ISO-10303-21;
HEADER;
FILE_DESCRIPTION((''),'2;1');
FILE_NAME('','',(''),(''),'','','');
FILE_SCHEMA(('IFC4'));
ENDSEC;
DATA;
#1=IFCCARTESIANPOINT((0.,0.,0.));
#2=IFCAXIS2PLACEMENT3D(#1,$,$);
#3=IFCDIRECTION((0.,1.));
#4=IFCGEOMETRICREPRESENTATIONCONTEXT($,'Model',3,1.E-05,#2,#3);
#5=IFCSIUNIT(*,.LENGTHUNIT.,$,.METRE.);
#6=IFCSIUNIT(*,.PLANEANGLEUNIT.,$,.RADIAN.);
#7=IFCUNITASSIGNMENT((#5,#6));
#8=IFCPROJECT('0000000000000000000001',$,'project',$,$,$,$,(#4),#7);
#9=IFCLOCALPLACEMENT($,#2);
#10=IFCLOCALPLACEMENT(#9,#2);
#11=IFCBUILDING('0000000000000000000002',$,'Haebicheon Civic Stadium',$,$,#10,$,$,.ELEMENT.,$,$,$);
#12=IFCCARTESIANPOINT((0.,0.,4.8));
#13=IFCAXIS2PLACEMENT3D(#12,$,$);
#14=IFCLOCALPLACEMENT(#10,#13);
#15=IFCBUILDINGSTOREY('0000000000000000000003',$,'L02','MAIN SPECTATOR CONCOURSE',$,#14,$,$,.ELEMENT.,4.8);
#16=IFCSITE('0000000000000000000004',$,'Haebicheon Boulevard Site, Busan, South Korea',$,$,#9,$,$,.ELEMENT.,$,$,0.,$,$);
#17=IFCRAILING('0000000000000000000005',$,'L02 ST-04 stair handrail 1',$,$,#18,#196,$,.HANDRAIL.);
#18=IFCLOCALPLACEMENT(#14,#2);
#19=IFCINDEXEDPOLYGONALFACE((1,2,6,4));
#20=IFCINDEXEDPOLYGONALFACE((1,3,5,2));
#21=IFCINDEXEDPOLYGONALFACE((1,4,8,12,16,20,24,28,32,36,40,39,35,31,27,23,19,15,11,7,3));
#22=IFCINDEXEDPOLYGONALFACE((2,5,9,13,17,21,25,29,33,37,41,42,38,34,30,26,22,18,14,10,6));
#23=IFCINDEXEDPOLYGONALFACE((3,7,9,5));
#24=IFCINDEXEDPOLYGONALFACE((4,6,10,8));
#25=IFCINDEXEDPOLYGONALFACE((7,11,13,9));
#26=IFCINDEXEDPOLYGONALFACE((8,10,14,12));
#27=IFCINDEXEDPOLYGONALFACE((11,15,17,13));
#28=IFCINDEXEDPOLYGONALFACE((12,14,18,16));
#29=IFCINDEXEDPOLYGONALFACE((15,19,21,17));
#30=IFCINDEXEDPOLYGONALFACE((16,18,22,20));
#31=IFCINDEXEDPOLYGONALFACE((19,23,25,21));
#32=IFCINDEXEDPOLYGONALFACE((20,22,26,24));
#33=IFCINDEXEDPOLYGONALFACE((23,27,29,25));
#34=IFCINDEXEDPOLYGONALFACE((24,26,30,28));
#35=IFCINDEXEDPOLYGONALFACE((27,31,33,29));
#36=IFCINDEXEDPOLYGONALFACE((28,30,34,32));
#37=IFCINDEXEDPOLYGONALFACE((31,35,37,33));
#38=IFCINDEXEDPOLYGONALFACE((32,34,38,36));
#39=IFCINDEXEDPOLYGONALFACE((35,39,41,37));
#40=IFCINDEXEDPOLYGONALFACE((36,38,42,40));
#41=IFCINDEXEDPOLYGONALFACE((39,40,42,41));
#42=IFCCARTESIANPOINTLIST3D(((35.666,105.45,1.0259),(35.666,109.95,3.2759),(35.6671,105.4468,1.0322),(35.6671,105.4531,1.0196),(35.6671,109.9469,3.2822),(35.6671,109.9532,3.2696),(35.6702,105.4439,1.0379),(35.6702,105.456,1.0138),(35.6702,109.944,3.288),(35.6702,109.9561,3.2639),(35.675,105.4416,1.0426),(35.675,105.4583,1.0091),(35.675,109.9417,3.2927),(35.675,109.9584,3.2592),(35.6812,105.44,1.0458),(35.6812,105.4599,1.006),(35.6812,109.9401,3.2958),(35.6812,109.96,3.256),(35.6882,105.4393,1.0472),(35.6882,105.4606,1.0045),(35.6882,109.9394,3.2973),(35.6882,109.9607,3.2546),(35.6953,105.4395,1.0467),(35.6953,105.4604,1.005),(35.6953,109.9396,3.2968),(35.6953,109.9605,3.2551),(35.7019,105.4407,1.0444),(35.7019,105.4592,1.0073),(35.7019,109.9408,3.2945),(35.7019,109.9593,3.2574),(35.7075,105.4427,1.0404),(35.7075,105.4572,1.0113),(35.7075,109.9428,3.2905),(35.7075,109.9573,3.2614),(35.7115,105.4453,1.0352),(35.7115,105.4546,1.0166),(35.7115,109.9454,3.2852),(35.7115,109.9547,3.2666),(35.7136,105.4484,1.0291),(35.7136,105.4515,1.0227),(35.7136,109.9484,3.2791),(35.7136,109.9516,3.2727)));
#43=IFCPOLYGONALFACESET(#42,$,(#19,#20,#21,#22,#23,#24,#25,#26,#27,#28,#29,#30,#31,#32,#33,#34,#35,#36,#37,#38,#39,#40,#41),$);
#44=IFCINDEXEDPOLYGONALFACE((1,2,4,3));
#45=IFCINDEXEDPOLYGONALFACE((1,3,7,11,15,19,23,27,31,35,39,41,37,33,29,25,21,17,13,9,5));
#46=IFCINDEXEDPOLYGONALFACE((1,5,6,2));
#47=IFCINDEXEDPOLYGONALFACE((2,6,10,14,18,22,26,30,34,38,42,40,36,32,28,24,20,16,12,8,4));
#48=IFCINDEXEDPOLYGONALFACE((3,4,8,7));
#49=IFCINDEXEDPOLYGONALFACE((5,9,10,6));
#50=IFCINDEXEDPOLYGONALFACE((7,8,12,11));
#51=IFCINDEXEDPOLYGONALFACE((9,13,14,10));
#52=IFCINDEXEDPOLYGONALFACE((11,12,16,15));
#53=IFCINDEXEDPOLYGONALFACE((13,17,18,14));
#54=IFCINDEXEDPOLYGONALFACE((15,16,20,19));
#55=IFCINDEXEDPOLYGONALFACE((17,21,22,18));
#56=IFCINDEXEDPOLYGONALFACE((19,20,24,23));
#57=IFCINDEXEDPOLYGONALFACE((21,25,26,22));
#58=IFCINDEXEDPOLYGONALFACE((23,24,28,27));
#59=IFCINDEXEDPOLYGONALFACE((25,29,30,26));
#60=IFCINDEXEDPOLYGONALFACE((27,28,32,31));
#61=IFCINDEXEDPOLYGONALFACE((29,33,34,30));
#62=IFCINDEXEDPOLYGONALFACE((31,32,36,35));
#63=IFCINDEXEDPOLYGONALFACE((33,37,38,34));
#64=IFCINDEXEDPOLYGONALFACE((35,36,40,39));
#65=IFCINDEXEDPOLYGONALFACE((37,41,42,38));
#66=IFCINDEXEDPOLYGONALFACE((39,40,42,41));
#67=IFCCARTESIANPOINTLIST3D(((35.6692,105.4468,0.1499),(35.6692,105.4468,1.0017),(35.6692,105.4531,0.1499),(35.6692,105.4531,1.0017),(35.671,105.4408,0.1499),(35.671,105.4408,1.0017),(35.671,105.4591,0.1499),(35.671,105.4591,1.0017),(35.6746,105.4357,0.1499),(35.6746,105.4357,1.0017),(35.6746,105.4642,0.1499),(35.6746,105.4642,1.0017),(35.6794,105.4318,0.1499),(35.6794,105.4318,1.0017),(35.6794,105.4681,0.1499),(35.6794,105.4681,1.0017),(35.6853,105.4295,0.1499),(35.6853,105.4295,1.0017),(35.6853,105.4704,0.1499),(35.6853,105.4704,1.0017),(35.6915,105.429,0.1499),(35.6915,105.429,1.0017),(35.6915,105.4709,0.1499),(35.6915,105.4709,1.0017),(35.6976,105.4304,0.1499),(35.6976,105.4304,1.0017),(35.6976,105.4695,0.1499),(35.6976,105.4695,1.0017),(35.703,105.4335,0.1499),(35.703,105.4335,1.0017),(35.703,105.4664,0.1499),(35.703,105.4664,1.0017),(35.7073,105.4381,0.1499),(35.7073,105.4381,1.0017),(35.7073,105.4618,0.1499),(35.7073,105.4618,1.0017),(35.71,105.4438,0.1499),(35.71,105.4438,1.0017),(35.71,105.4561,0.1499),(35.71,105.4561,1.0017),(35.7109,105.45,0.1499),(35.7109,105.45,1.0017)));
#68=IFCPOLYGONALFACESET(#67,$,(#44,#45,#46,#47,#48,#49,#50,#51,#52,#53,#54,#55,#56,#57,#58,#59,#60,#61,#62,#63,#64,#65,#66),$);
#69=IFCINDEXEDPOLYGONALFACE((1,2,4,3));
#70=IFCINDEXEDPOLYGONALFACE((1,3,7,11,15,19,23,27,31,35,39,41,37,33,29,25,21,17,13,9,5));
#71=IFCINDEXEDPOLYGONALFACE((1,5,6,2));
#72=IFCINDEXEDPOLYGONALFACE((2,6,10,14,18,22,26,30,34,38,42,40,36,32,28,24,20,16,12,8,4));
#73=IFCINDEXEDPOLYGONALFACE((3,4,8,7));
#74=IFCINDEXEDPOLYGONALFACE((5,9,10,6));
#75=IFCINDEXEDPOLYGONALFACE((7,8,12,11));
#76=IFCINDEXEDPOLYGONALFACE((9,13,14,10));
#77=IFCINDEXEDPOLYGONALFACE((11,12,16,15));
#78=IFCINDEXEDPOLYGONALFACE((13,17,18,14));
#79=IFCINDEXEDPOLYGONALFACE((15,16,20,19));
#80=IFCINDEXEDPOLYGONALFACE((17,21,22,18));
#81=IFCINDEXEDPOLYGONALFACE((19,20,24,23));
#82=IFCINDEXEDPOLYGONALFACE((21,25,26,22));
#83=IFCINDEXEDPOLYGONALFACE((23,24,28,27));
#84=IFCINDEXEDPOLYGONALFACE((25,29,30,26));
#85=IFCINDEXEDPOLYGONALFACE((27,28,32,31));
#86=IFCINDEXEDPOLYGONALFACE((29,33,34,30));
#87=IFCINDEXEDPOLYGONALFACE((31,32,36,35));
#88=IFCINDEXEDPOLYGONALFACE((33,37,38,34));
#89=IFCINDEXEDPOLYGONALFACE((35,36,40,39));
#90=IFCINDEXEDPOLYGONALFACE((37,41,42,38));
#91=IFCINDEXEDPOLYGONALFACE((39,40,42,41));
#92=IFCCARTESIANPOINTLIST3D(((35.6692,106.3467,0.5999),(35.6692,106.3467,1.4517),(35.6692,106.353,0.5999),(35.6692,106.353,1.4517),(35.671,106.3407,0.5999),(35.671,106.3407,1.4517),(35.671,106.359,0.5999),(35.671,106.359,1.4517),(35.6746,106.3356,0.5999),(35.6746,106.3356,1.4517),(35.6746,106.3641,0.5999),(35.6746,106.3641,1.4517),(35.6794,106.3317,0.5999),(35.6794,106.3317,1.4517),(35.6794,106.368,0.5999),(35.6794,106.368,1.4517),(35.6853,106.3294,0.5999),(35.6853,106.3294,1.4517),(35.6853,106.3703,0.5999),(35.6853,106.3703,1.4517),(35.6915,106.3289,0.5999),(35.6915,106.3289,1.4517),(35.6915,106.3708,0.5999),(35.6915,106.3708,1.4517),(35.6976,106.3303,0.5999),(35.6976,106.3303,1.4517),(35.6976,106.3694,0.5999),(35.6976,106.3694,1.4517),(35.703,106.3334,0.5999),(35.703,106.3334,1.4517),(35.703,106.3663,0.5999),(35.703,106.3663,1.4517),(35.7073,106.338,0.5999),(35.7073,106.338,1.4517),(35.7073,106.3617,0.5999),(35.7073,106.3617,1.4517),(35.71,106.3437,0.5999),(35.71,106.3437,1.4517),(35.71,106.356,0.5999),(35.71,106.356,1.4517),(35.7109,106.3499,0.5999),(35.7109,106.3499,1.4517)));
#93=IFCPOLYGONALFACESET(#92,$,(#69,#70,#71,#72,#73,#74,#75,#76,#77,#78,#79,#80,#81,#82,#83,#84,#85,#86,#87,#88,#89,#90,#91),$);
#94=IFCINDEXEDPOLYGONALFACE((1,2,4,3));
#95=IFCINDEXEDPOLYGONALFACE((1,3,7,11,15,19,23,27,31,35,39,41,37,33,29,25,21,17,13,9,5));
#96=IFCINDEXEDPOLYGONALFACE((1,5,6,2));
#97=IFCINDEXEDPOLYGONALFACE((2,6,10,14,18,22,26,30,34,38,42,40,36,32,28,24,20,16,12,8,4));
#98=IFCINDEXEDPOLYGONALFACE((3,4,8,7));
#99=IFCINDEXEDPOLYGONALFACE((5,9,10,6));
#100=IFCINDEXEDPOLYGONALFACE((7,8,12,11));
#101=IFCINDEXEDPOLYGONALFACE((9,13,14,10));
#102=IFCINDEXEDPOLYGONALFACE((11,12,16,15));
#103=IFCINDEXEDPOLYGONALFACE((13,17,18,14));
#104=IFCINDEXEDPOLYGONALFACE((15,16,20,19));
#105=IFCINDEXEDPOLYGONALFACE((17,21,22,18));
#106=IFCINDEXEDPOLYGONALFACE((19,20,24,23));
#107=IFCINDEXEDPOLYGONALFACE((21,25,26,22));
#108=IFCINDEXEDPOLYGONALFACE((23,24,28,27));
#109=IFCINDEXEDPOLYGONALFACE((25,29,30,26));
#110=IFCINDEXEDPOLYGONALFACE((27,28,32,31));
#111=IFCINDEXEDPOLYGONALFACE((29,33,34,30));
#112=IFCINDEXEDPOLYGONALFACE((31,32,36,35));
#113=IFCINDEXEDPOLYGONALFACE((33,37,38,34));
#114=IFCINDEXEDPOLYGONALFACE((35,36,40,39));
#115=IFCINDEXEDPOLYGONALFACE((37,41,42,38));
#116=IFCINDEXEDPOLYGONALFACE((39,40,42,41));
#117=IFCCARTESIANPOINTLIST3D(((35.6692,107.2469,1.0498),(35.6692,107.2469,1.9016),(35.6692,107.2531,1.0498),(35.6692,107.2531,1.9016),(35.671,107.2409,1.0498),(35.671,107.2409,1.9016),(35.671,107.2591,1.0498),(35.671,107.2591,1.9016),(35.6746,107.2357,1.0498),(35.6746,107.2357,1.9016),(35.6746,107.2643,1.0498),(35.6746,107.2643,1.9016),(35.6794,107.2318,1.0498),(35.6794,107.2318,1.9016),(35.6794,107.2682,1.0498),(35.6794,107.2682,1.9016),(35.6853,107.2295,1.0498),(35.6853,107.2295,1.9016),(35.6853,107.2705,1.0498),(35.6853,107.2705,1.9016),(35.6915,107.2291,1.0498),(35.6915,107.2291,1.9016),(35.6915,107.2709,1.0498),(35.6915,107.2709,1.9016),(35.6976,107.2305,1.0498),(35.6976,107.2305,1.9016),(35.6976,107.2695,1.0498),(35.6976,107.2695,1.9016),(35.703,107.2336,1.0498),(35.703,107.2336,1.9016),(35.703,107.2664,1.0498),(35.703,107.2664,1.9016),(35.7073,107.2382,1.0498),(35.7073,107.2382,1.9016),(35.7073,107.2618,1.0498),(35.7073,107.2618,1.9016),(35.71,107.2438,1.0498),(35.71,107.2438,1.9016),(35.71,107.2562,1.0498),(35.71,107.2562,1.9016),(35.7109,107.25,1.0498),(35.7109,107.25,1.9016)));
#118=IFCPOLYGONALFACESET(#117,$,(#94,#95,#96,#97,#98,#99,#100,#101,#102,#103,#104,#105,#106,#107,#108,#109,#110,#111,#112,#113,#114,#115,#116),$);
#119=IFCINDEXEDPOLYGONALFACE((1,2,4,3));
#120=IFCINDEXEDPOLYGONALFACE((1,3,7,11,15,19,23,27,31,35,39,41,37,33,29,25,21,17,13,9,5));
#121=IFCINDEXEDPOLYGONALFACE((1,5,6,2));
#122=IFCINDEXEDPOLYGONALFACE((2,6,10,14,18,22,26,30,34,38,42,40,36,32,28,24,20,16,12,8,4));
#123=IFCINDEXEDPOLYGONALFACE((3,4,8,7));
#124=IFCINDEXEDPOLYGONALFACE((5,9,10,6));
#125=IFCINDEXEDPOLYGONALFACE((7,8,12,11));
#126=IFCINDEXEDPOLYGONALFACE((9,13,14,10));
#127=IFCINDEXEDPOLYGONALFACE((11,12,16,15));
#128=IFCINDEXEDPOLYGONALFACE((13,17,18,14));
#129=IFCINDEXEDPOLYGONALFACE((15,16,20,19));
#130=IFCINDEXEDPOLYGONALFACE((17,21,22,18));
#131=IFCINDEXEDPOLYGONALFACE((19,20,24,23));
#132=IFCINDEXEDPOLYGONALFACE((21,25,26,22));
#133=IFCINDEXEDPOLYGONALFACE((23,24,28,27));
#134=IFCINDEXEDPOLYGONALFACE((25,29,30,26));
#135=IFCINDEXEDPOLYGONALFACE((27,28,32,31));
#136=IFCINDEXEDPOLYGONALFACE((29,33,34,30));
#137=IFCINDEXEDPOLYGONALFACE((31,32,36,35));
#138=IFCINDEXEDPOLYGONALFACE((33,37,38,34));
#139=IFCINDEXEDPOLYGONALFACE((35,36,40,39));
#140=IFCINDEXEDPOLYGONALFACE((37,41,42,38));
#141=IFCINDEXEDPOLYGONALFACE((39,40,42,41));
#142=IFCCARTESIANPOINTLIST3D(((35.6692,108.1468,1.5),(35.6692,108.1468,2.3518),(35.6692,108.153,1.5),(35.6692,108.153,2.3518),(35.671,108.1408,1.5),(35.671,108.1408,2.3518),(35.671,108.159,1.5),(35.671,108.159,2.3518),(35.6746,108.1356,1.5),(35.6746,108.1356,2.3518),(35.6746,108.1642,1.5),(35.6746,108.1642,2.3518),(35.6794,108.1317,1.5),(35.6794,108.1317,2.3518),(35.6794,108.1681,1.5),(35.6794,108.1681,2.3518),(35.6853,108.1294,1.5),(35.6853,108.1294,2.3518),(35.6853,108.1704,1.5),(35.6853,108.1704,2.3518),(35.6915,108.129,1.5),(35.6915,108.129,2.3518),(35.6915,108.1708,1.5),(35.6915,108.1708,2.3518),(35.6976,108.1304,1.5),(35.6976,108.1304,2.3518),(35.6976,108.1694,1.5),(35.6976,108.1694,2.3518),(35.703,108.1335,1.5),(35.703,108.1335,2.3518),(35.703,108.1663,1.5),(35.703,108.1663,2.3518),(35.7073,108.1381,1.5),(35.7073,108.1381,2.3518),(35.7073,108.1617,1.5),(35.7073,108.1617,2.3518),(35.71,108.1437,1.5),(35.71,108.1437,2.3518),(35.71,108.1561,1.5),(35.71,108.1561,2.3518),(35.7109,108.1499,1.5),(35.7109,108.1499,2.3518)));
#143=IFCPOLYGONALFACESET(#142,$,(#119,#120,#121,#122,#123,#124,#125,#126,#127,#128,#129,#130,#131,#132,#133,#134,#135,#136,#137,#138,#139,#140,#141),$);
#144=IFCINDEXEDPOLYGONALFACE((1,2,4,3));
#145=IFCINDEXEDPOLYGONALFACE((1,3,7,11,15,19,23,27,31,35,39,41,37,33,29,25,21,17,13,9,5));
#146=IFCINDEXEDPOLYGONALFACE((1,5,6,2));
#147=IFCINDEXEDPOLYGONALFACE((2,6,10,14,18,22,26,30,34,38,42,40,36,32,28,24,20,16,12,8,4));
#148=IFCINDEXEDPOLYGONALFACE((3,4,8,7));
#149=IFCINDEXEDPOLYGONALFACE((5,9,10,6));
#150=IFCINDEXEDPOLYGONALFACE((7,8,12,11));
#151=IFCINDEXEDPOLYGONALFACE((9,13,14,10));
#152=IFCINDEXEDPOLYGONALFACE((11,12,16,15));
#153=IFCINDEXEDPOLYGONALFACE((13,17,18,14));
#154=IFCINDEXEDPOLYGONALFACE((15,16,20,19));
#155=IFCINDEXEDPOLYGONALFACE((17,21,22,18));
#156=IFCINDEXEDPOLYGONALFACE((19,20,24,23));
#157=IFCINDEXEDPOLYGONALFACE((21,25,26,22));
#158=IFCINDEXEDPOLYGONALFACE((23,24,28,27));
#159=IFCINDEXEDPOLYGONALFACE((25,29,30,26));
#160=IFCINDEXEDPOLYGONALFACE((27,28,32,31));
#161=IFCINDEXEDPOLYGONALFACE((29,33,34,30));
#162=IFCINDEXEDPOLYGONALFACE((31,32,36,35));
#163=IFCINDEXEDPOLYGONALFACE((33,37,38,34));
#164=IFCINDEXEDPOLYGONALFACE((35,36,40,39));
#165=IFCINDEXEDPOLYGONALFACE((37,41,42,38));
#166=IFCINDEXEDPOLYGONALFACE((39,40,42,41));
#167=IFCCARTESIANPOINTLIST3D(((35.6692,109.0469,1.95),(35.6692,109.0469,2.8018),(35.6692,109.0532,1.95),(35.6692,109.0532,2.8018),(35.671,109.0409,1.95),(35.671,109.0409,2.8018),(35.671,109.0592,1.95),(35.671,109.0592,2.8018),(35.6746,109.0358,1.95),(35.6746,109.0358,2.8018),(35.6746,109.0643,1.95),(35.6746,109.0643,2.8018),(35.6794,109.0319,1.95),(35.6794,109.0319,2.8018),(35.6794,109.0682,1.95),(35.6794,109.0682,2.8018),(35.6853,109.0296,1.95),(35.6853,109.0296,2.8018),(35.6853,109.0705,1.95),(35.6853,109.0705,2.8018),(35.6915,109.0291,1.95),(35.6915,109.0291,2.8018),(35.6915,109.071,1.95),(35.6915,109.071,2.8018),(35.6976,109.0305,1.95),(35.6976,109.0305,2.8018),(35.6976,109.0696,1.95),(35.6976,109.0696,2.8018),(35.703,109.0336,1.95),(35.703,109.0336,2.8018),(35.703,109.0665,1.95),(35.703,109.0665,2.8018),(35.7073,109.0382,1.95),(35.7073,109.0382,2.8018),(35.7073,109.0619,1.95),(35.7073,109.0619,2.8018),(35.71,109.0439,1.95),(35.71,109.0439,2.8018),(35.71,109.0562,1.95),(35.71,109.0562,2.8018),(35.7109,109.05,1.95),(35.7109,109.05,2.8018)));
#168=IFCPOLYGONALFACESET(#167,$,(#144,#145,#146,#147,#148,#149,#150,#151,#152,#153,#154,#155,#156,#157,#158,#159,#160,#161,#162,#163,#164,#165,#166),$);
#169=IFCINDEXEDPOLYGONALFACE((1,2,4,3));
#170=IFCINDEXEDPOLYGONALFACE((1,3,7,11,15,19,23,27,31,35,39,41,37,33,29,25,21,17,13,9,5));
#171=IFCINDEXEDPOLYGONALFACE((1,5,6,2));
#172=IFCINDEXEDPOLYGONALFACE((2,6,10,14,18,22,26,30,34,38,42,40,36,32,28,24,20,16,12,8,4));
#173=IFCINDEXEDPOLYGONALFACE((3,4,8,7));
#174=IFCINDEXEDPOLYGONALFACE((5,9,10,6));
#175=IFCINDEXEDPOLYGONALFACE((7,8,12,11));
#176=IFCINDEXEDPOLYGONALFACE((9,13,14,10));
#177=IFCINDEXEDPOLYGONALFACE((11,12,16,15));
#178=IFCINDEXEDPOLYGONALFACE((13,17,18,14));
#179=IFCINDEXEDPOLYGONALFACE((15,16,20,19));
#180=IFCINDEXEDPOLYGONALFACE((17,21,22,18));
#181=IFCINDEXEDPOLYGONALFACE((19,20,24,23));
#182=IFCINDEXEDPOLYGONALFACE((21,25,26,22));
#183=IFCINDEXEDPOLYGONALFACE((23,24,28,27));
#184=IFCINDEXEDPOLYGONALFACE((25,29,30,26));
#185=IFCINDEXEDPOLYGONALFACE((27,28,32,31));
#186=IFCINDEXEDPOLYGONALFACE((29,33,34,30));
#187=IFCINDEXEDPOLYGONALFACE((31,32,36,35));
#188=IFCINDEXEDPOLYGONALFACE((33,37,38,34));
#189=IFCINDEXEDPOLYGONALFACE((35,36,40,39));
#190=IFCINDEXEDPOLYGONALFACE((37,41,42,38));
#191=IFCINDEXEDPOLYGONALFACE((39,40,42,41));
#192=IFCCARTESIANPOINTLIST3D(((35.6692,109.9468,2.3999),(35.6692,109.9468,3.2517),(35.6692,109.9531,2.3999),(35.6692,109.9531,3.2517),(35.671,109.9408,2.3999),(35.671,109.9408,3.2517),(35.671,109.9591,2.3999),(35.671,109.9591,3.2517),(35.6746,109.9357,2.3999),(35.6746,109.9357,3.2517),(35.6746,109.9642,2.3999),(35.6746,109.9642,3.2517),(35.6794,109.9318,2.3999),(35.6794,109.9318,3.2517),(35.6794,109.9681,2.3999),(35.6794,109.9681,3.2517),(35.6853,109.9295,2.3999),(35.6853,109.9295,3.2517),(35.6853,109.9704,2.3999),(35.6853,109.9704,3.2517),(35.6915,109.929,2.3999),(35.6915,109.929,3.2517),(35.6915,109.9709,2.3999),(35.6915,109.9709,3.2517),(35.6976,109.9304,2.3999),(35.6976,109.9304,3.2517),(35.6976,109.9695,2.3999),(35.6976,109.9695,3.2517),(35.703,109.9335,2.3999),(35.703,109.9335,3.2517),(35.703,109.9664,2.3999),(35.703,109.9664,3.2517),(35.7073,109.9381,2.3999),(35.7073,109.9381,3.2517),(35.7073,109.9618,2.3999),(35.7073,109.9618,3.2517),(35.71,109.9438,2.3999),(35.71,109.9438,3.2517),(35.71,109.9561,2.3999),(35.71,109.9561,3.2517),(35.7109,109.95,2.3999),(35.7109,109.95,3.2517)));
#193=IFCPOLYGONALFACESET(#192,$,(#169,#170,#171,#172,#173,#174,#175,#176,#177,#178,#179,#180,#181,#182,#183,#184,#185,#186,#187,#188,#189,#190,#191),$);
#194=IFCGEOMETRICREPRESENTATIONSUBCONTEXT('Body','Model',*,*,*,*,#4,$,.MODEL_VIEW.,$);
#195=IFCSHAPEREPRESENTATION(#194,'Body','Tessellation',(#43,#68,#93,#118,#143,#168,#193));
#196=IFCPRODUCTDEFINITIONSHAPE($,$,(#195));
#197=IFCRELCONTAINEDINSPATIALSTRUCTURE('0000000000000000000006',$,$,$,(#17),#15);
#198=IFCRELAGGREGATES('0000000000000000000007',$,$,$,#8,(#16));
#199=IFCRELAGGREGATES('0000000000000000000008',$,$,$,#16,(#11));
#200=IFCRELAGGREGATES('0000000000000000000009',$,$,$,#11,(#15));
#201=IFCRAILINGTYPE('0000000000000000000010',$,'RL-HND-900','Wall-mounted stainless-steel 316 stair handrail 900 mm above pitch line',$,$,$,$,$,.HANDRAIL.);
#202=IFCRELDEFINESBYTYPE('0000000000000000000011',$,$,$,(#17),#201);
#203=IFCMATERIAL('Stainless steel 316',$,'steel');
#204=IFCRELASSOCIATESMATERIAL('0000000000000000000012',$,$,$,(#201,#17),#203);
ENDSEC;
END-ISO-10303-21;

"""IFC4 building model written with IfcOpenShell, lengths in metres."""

from ifc_helpers import new_model, si_unit, direction, frame, origin, origin_2d, place, context, subcontext, project, spatial, circle, extrude, material, type_object, element, save


model = new_model("IFC4")

# Units and contexts
model_context = context("Model", 3, precision=1e-05, world=origin(), true_north=direction((0.0, 1.0)))
body_context = subcontext(model_context, "Body", "Model", "MODEL_VIEW")
ifc_project = project(units=[si_unit("LENGTHUNIT", "METRE"), si_unit("PLANEANGLEUNIT", "RADIAN")], contexts=[model_context])

# Site, building, storey
site_placement = place(None, origin())
site = spatial("IfcSite", under=ifc_project, at=site_placement, Name="Haebicheon Boulevard Site, Busan, South Korea", CompositionType="ELEMENT", RefElevation=0.0)
building_placement = place(site_placement, origin())
building = spatial("IfcBuilding", under=site, at=building_placement, Name="Haebicheon Civic Stadium", CompositionType="ELEMENT")
storey_placement = place(building_placement, frame((0.0, 0.0, 4.8)))
storey = spatial("IfcBuildingStorey", under=building, at=storey_placement, Name="L02", Description="MAIN SPECTATOR CONCOURSE", CompositionType="ELEMENT", Elevation=4.8)

# Railing
ifc_material_1 = material(Name="Stainless steel 316", Category="steel")
railing_type_1 = type_object("IfcRailingType", Name="RL-HND-900", Description="Wall-mounted stainless-steel 316 stair handrail 900 mm above pitch line", PredefinedType="HANDRAIL", material=ifc_material_1)
railing_1_placement = place(storey_placement, frame((35.6899, 105.45, 0.1499)))
element("IfcRailing", 1, at=railing_1_placement, inside=storey, type_object=railing_type_1, material=ifc_material_1, Name="L02 ST-04 stair handrail 1", PredefinedType="HANDRAIL", context=body_context, shape_type="SweptSolid", body=[
    extrude(circle(Radius=0.0239, at=origin_2d()), frame((0.0, 0.0, 0.876), z_axis=(0.0, 0.894427, 0.447214), x_axis=(-1.0, 0.0, 0.0)), (0.0, 0.0, 1.0), 5.0312),
    extrude(circle(Radius=0.021, at=origin_2d()), origin(), (0.0, 0.0, 1.0), 0.8518),
    extrude(circle(Radius=0.021, at=origin_2d()), frame((0.0, 0.8999, 0.45)), (0.0, 0.0, 1.0), 0.8518),
    extrude(circle(Radius=0.021, at=origin_2d()), frame((0.0, 1.8, 0.8999)), (0.0, 0.0, 1.0), 0.8518),
    extrude(circle(Radius=0.021, at=origin_2d()), frame((0.0, 2.7, 1.3501)), (0.0, 0.0, 1.0), 0.8518),
    extrude(circle(Radius=0.021, at=origin_2d()), frame((0.0, 3.6001, 1.8)), (0.0, 0.0, 1.0), 0.8518),
    extrude(circle(Radius=0.021, at=origin_2d()), frame((0.0, 4.5, 2.25)), (0.0, 0.0, 1.0), 0.8518),
])

save(model, "model.ifc")
